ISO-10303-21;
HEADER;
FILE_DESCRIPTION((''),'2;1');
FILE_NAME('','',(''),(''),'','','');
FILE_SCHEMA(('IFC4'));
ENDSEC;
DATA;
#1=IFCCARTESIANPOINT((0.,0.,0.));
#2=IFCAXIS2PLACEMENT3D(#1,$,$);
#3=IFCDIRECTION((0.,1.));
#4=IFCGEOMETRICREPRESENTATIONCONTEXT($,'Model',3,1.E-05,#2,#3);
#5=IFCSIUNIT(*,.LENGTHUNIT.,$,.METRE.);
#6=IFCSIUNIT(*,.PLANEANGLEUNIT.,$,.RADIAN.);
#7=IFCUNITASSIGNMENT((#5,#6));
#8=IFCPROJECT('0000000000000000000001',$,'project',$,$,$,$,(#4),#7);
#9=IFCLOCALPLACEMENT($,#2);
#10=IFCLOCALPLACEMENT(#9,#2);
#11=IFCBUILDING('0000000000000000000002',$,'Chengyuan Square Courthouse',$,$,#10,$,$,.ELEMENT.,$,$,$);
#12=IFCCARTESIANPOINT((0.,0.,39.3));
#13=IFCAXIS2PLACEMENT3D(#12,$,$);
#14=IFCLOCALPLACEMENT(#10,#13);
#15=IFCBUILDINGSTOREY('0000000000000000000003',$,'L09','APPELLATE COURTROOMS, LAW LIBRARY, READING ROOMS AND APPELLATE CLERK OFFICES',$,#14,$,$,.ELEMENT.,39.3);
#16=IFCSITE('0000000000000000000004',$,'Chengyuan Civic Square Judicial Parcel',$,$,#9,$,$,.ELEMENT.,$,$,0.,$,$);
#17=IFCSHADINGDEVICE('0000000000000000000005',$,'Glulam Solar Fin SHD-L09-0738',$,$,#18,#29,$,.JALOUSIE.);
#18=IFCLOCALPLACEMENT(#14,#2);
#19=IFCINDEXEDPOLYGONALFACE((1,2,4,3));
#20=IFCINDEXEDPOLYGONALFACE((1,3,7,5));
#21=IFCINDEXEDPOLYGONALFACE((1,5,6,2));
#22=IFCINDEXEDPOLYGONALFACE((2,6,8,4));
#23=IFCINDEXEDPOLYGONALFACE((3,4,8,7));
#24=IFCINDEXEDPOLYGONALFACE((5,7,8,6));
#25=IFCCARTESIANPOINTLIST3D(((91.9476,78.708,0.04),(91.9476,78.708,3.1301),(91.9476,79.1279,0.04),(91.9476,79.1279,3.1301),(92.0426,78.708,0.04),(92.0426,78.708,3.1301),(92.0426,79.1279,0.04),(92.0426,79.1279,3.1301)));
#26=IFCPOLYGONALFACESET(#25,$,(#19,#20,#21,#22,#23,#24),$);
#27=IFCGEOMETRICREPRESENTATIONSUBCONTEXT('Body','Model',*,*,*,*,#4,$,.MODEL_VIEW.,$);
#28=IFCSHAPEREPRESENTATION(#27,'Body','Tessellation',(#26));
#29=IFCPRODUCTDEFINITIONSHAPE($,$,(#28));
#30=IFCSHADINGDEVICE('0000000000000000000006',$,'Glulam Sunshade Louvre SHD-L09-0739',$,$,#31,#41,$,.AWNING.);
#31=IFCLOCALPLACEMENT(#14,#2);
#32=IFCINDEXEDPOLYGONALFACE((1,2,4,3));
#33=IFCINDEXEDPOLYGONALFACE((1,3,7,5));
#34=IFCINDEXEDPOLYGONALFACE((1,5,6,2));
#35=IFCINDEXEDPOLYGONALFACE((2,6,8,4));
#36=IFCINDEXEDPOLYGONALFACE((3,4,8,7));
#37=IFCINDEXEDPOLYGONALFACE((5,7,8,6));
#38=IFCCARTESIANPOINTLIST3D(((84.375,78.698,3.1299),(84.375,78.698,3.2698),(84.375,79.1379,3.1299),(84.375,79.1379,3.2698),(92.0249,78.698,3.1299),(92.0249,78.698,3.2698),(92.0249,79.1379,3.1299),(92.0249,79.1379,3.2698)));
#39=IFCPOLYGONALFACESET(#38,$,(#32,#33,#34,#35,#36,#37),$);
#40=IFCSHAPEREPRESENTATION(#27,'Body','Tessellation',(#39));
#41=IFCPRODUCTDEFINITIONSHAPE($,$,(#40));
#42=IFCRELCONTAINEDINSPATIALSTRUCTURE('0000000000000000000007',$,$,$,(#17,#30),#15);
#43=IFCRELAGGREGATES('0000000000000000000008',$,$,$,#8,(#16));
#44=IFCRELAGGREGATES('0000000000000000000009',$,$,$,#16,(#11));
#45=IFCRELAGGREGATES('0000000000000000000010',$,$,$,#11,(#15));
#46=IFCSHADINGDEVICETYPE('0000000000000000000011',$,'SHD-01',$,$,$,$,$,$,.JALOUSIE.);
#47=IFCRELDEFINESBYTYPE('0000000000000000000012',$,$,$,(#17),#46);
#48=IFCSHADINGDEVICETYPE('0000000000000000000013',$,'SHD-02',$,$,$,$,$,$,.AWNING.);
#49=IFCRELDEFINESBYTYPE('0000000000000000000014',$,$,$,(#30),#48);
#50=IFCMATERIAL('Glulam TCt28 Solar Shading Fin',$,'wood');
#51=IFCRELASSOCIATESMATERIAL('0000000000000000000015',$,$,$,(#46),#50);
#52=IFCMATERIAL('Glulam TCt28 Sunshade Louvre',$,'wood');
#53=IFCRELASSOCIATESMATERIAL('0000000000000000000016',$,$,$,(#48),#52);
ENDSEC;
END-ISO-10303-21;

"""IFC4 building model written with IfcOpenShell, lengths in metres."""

from ifc_helpers import new_model, si_unit, direction, frame, origin, origin_2d, place, context, subcontext, project, spatial, rectangle, extrude, material, type_object, element, save


model = new_model("IFC4")

# Units and contexts
model_context = context("Model", 3, precision=1e-05, world=origin(), true_north=direction((0.0, 1.0)))
body_context = subcontext(model_context, "Body", "Model", "MODEL_VIEW")
ifc_project = project(units=[si_unit("LENGTHUNIT", "METRE"), si_unit("PLANEANGLEUNIT", "RADIAN")], contexts=[model_context])

# Site, building, storey
site_placement = place(None, origin())
site = spatial("IfcSite", under=ifc_project, at=site_placement, Name="Chengyuan Civic Square Judicial Parcel", CompositionType="ELEMENT", RefElevation=0.0)
building_placement = place(site_placement, origin())
building = spatial("IfcBuilding", under=site, at=building_placement, Name="Chengyuan Square Courthouse", CompositionType="ELEMENT")
storey_placement = place(building_placement, frame((0.0, 0.0, 39.3)))
storey = spatial("IfcBuildingStorey", under=building, at=storey_placement, Name="L09", Description="APPELLATE COURTROOMS, LAW LIBRARY, READING ROOMS AND APPELLATE CLERK OFFICES", CompositionType="ELEMENT", Elevation=39.3)

# Shading devices
ifc_material_1 = material(Name="Glulam TCt28 Solar Shading Fin", Category="wood")
shading_device_type_1 = type_object("IfcShadingDeviceType", Name="SHD-01", PredefinedType="JALOUSIE", material=ifc_material_1)
shading_device_1_placement = place(storey_placement, frame((91.9951, 78.918, 0.04), z_axis=(0.0, 0.0, 1.0), x_axis=(0.0, 1.0, 0.0)))
element("IfcShadingDevice", 1, at=shading_device_1_placement, inside=storey, type_object=shading_device_type_1, Name="Glulam Solar Fin SHD-L09-0738", PredefinedType="JALOUSIE", context=body_context, shape_type="SweptSolid", body=[
    extrude(rectangle(XDim=0.4199, YDim=0.095, at=origin_2d()), origin(), (0.0, 0.0, 1.0), 3.0901),
])
ifc_material_2 = material(Name="Glulam TCt28 Sunshade Louvre", Category="wood")
shading_device_type_2 = type_object("IfcShadingDeviceType", Name="SHD-02", PredefinedType="AWNING", material=ifc_material_2)
shading_device_2_placement = place(storey_placement, frame((88.2, 78.918, 3.1299), z_axis=(0.0, 0.0, 1.0), x_axis=(1.0, 0.0, 0.0)))
element("IfcShadingDevice", 2, at=shading_device_2_placement, inside=storey, type_object=shading_device_type_2, Name="Glulam Sunshade Louvre SHD-L09-0739", PredefinedType="AWNING", context=body_context, shape_type="SweptSolid", body=[
    extrude(rectangle(XDim=7.6499, YDim=0.4399, at=origin_2d()), origin(), (0.0, 0.0, 1.0), 0.1399),
])

save(model, "model.ifc")
